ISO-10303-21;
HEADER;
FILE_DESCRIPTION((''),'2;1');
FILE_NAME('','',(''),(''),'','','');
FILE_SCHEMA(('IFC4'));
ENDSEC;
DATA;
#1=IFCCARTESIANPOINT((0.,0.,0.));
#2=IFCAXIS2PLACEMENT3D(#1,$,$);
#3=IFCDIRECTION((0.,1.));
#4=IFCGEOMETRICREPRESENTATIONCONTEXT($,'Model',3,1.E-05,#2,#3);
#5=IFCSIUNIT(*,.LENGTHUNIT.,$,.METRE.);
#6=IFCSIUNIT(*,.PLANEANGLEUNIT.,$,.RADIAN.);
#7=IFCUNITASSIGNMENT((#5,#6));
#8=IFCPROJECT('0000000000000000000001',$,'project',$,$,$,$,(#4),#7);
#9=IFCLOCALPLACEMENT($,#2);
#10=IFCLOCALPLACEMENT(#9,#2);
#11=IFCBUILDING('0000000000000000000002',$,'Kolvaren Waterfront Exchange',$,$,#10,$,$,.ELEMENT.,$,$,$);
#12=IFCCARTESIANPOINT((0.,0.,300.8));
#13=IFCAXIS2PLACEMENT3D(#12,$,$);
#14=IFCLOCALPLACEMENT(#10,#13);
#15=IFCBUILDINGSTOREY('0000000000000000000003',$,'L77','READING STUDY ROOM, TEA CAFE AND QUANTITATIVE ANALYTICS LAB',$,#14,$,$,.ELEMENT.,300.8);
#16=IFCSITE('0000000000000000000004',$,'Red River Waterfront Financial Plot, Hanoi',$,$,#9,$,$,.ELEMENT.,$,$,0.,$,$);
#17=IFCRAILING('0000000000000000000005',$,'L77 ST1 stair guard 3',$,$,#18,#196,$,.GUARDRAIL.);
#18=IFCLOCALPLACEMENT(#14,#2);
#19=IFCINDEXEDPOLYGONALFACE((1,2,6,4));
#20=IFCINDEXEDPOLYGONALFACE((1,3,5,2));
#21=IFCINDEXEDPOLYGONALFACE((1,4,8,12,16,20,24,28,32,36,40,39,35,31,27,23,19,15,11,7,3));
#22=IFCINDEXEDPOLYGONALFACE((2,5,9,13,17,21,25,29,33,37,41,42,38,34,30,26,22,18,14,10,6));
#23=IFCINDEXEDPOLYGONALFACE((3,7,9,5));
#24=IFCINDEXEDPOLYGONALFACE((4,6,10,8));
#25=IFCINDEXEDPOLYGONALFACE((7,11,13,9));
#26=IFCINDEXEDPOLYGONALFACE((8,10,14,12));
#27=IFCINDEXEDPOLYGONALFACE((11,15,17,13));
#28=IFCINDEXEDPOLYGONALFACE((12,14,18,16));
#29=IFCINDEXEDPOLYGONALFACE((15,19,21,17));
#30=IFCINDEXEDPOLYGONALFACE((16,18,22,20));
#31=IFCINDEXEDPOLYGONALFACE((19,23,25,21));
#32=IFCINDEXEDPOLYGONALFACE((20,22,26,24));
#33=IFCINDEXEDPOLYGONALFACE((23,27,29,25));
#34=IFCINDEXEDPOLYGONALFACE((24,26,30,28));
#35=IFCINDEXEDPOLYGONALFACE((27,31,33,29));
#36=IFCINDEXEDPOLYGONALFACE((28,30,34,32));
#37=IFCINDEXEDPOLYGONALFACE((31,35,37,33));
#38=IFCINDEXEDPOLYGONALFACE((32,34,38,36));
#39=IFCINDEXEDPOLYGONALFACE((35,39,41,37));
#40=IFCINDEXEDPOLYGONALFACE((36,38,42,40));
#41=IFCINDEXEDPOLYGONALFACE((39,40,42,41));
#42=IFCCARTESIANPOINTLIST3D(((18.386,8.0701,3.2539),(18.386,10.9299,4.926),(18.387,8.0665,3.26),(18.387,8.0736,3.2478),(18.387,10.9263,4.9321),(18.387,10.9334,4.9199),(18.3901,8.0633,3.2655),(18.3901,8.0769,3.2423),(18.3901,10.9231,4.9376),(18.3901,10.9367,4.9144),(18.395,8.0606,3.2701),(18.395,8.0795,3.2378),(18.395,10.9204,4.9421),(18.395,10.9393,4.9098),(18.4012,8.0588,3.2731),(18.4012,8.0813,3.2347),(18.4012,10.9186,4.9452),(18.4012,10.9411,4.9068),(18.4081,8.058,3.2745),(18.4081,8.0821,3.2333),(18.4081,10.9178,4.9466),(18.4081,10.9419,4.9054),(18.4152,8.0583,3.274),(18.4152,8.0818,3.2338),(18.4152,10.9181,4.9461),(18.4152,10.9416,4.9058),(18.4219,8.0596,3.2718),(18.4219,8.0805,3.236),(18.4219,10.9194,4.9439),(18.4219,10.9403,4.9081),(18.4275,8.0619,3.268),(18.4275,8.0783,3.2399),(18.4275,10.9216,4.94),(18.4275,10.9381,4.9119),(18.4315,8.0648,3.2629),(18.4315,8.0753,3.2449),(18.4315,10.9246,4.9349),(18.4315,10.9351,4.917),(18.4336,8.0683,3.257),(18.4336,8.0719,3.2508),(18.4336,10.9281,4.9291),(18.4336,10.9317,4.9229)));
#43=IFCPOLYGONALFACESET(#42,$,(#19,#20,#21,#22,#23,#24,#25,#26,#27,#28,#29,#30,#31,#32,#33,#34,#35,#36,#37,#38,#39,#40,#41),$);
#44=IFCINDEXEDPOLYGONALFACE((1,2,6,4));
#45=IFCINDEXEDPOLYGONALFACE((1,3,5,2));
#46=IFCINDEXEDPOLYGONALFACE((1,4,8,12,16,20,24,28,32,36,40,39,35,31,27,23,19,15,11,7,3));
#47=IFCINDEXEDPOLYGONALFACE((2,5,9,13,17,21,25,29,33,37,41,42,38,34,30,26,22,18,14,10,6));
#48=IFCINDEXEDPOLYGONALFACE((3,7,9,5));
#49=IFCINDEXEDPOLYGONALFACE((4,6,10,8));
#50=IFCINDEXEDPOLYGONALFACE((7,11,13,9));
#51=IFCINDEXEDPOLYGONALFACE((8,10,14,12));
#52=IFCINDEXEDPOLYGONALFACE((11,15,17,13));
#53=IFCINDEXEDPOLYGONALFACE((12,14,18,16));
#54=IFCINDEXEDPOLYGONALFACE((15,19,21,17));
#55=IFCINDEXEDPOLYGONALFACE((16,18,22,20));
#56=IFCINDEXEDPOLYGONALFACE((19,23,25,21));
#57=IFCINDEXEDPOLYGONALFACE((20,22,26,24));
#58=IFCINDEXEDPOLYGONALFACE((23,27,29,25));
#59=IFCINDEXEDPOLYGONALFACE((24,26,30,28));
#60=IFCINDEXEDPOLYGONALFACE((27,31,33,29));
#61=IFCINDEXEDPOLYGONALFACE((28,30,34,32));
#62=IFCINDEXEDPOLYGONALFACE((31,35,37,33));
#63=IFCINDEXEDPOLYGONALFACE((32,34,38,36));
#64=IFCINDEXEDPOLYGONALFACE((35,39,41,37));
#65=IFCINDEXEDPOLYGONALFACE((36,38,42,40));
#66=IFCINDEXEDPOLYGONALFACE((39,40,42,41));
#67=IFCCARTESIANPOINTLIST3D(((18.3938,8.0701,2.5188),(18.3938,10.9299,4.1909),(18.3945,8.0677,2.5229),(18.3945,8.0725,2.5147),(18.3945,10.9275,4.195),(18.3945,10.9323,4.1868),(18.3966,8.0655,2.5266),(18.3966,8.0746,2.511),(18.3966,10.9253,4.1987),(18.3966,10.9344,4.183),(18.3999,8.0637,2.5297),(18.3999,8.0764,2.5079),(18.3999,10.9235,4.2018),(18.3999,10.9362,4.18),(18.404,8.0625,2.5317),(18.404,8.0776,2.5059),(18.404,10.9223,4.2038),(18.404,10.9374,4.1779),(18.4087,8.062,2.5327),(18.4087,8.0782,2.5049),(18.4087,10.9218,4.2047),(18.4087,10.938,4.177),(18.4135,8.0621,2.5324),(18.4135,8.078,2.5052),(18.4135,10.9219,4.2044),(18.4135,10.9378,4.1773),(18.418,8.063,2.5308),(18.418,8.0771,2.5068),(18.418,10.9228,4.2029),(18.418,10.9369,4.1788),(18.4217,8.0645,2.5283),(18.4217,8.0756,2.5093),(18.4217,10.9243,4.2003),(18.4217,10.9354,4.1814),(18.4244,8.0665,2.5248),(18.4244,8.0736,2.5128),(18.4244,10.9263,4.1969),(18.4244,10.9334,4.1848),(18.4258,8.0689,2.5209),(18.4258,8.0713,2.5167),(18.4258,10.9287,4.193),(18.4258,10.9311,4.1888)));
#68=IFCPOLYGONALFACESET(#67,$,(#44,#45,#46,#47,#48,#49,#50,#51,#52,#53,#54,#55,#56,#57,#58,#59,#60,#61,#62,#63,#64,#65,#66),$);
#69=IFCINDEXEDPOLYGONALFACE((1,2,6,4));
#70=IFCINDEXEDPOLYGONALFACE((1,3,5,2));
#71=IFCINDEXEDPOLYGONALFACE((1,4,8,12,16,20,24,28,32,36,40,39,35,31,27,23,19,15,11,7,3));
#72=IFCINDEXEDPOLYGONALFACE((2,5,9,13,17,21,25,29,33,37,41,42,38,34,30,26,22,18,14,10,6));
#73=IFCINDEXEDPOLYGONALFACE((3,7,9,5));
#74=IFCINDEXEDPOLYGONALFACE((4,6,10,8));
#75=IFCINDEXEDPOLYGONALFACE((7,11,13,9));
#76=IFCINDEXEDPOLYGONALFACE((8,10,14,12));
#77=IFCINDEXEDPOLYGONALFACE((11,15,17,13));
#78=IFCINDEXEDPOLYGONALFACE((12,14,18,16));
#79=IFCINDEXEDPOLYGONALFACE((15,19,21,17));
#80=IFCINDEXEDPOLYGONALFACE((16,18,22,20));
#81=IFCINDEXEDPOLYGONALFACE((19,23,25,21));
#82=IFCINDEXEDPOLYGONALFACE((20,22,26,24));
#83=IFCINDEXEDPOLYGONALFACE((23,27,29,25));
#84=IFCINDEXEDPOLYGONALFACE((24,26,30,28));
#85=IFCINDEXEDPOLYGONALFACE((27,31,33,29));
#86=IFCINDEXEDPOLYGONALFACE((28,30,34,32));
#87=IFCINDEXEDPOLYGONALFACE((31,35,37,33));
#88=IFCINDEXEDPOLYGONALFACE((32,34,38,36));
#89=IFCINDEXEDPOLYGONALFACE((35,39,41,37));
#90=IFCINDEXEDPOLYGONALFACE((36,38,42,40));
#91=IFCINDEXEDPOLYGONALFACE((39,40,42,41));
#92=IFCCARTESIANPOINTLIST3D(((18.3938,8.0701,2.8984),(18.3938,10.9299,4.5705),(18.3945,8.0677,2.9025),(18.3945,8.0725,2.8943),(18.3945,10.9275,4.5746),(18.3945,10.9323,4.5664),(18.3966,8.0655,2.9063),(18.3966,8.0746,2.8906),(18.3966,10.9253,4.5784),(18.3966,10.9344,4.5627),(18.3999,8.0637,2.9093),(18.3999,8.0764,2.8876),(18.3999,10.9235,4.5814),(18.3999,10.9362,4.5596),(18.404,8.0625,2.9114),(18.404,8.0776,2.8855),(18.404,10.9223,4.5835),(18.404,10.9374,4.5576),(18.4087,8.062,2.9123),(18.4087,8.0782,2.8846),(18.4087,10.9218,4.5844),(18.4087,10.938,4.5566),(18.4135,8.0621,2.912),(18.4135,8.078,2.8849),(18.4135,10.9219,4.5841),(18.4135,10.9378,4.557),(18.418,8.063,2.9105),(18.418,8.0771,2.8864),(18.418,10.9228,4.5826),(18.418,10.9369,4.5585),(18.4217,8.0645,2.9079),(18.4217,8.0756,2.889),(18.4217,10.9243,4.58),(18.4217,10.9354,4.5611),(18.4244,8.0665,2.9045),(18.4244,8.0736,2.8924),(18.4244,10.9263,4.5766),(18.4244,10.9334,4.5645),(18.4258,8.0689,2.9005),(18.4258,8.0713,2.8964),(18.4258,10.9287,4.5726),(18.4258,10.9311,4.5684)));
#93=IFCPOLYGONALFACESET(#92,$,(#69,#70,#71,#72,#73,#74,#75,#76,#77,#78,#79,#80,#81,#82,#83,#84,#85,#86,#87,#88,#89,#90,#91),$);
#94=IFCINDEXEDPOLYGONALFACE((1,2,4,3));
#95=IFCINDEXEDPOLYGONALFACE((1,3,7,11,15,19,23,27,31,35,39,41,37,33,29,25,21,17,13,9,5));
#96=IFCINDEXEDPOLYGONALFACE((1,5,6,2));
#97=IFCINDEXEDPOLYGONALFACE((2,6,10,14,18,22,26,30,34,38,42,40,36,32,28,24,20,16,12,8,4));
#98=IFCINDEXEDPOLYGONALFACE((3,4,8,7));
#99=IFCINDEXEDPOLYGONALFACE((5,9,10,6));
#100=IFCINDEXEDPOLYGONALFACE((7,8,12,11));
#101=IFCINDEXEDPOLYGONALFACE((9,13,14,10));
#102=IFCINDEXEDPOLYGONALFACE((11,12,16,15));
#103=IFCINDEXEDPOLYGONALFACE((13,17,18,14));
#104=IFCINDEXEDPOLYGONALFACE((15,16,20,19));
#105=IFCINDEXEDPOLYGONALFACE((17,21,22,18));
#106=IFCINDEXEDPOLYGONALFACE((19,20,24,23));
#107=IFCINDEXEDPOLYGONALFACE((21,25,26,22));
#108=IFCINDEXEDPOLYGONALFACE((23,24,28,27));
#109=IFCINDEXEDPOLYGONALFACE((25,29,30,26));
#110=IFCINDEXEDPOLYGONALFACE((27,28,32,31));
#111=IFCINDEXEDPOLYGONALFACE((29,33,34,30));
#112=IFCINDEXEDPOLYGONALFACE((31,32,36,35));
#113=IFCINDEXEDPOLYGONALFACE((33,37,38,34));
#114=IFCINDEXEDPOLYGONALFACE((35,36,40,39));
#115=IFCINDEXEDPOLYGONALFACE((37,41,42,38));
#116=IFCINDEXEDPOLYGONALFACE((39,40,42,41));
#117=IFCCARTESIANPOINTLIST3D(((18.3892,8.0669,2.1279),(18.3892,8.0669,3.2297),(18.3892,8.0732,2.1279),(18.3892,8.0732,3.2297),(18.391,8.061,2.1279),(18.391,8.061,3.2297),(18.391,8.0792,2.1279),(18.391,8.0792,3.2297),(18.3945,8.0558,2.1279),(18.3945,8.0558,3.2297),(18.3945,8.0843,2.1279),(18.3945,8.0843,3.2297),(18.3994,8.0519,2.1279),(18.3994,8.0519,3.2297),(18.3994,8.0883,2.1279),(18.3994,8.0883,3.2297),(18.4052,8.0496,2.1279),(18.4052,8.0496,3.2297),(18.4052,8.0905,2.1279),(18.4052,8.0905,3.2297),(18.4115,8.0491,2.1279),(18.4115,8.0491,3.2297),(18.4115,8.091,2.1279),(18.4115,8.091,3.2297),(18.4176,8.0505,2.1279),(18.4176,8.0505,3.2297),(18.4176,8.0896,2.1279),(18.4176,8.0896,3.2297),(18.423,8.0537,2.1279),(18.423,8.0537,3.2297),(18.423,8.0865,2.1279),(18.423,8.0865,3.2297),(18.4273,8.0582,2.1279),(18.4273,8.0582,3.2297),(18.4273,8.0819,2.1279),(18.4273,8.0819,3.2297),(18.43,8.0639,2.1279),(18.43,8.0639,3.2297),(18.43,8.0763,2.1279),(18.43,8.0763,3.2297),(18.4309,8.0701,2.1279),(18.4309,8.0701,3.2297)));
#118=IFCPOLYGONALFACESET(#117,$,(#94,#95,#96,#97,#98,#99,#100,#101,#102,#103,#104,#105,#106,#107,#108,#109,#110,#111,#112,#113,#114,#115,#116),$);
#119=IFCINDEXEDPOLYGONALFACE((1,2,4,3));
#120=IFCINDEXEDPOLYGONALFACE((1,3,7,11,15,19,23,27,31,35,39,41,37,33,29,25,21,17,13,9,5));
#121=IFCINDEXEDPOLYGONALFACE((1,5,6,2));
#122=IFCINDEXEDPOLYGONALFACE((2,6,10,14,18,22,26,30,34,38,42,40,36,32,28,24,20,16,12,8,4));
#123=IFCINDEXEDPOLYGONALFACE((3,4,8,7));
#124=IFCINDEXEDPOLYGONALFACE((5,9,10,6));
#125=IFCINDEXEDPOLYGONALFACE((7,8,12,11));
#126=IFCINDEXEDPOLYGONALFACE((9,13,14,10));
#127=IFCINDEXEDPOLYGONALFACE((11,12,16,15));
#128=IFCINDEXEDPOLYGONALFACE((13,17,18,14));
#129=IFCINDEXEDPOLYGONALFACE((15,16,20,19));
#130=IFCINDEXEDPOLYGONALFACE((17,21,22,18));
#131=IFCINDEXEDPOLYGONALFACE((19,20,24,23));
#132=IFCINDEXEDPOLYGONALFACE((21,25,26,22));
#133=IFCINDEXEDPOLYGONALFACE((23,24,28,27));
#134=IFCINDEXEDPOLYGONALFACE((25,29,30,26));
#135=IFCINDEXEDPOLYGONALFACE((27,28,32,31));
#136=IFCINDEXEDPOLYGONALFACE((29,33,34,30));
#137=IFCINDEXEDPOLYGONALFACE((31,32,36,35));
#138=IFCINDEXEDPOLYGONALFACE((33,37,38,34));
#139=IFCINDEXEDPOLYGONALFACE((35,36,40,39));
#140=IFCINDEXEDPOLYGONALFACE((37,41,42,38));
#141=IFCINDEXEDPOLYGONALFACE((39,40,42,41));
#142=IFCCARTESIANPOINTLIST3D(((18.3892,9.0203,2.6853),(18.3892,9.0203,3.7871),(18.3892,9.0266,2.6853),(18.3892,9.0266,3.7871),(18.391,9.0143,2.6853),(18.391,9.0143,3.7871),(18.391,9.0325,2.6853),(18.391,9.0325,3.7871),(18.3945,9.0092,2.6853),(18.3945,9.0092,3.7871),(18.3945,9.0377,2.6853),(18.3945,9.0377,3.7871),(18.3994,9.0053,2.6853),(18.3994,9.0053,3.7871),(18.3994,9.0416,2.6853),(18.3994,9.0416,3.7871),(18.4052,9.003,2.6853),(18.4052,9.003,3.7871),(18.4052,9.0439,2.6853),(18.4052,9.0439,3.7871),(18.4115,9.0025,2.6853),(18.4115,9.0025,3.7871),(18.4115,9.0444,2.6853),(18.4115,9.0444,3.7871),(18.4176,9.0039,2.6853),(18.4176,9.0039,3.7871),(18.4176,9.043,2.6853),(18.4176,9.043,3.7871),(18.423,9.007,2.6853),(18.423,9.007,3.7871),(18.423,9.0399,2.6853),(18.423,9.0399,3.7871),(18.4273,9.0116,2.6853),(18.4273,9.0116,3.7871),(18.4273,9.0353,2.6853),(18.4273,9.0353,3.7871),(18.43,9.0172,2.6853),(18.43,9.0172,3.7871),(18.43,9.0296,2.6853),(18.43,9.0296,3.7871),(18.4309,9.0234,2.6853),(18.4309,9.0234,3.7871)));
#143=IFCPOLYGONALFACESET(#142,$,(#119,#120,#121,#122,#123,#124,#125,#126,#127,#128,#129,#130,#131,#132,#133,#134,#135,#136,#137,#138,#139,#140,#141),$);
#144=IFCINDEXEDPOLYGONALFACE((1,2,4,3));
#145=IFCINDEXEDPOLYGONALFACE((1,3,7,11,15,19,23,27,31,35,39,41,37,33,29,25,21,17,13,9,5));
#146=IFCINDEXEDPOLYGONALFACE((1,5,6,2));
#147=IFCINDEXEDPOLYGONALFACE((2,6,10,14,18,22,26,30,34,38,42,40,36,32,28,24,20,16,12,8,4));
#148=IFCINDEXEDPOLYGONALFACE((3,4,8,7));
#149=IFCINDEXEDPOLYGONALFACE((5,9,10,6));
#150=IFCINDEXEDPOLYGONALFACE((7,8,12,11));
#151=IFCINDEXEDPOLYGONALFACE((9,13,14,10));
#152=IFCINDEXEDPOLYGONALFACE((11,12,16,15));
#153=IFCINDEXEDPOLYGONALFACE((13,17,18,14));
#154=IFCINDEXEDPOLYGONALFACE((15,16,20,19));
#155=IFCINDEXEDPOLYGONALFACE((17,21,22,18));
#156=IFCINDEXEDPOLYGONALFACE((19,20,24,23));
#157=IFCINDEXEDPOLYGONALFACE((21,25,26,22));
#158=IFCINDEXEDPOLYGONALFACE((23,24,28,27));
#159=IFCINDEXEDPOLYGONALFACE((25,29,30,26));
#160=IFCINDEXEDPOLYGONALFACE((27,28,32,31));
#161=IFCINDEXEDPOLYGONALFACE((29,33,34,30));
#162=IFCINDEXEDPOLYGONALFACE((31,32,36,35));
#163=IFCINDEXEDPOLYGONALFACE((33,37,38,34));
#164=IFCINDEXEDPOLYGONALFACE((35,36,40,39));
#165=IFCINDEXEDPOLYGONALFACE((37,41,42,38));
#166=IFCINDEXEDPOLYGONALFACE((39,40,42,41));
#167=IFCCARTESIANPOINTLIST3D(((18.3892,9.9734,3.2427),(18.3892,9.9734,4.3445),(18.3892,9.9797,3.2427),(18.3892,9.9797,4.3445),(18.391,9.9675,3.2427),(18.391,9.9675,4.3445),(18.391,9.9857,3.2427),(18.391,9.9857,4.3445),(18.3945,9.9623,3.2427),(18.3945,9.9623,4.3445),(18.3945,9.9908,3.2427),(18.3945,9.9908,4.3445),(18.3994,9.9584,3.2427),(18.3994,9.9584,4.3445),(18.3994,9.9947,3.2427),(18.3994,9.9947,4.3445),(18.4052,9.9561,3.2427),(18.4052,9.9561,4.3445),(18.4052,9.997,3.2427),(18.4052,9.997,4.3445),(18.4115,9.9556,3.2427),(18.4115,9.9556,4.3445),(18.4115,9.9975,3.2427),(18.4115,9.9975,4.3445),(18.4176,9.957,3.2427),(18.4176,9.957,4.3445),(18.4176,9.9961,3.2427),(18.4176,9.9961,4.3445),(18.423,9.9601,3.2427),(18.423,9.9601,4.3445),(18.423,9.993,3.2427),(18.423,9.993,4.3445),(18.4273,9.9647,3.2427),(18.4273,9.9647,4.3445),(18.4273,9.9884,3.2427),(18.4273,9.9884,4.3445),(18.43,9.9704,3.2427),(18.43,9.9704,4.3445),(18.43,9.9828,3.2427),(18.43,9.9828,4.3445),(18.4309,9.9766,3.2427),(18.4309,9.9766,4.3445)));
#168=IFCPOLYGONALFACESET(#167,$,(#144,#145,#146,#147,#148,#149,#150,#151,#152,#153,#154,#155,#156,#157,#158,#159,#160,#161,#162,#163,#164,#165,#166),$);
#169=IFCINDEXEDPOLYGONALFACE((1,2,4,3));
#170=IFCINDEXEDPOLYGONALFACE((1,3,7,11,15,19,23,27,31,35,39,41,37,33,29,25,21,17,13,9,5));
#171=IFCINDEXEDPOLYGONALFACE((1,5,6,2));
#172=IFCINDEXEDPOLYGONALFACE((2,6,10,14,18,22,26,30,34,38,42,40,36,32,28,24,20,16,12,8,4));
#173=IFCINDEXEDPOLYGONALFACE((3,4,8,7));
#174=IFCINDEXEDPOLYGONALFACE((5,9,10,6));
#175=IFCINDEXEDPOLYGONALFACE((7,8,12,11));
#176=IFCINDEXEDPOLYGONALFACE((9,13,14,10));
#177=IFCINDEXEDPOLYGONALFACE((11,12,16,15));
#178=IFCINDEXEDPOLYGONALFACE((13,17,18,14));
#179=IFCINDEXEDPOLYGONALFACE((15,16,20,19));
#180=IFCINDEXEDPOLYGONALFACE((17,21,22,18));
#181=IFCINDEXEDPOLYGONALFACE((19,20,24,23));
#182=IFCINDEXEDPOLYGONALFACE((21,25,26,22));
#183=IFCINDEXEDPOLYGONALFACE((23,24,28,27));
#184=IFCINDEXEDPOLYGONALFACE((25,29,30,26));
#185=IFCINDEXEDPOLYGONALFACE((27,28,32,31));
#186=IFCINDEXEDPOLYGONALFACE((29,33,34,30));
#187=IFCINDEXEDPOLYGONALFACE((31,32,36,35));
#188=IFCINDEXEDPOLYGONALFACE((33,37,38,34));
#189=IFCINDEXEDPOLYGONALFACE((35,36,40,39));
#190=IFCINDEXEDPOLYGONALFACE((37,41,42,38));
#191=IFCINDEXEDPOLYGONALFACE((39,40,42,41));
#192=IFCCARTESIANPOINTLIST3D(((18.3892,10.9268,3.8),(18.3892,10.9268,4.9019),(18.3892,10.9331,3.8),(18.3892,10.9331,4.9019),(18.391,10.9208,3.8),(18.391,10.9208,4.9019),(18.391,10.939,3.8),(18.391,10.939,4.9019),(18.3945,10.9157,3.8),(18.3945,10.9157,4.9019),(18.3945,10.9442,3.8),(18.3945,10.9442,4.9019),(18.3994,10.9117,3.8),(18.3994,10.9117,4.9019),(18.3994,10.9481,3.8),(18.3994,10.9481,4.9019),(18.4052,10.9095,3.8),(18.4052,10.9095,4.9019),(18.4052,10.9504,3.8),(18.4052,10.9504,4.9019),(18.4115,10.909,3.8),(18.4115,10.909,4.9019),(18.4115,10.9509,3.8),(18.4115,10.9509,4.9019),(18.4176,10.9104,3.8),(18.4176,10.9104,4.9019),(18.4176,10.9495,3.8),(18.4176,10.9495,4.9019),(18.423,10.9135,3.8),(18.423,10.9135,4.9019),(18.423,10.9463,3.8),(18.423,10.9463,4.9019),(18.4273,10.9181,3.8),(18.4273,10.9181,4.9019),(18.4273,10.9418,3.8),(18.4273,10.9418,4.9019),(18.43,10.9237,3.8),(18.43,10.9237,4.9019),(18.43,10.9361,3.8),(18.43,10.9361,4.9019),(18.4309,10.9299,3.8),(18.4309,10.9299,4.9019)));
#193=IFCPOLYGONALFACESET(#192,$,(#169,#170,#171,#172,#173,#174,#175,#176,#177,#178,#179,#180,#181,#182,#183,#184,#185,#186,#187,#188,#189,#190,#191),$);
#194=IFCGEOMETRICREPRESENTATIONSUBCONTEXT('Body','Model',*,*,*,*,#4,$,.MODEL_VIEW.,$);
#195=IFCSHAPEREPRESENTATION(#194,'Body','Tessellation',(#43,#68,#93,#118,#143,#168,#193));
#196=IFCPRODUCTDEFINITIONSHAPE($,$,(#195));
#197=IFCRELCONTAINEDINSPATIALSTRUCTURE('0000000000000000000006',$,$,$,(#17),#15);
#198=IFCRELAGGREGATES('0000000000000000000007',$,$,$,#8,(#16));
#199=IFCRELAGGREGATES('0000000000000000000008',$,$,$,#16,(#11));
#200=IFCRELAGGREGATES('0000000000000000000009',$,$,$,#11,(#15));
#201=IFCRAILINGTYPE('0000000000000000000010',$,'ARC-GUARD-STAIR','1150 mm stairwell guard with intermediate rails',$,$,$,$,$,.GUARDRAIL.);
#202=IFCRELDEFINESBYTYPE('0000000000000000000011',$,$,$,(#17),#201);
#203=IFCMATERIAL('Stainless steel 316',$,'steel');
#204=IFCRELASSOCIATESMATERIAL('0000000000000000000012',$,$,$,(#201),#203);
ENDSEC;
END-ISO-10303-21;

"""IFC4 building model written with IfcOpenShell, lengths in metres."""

from ifc_helpers import new_model, si_unit, direction, frame, origin, origin_2d, place, context, subcontext, project, spatial, circle, extrude, material, type_object, element, save


model = new_model("IFC4")

# Units and contexts
model_context = context("Model", 3, precision=1e-05, world=origin(), true_north=direction((0.0, 1.0)))
body_context = subcontext(model_context, "Body", "Model", "MODEL_VIEW")
ifc_project = project(units=[si_unit("LENGTHUNIT", "METRE"), si_unit("PLANEANGLEUNIT", "RADIAN")], contexts=[model_context])

# Site, building, storey
site_placement = place(None, origin())
site = spatial("IfcSite", under=ifc_project, at=site_placement, Name="Red River Waterfront Financial Plot, Hanoi", CompositionType="ELEMENT", RefElevation=0.0)
building_placement = place(site_placement, origin())
building = spatial("IfcBuilding", under=site, at=building_placement, Name="Kolvaren Waterfront Exchange", CompositionType="ELEMENT")
storey_placement = place(building_placement, frame((0.0, 0.0, 300.8)))
storey = spatial("IfcBuildingStorey", under=building, at=storey_placement, Name="L77", Description="READING STUDY ROOM, TEA CAFE AND QUANTITATIVE ANALYTICS LAB", CompositionType="ELEMENT", Elevation=300.8)

# Railing
ifc_material_1 = material(Name="Stainless steel 316", Category="steel")
railing_type_1 = type_object("IfcRailingType", Name="ARC-GUARD-STAIR", Description="1150 mm stairwell guard with intermediate rails", PredefinedType="GUARDRAIL", material=ifc_material_1)
railing_1_placement = place(storey_placement, frame((18.4099, 8.0701, 2.1279)))
element("IfcRailing", 1, at=railing_1_placement, inside=storey, type_object=railing_type_1, Name="L77 ST1 stair guard 3", PredefinedType="GUARDRAIL", context=body_context, shape_type="SweptSolid", body=[
    extrude(circle(Radius=0.0239, at=origin_2d()), frame((0.0, 0.0, 1.126), z_axis=(0.0, 0.863271, 0.504741), x_axis=(-1.0, 0.0, 0.0)), (0.0, 0.0, 1.0), 3.3127),
    extrude(circle(Radius=0.0161, at=origin_2d()), frame((0.0, 0.0, 0.3909), z_axis=(0.0, 0.863271, 0.504741), x_axis=(-1.0, 0.0, 0.0)), (0.0, 0.0, 1.0), 3.3127),
    extrude(circle(Radius=0.0161, at=origin_2d()), frame((0.0, 0.0, 0.7705), z_axis=(0.0, 0.863271, 0.504741), x_axis=(-1.0, 0.0, 0.0)), (0.0, 0.0, 1.0), 3.3127),
    extrude(circle(Radius=0.021, at=origin_2d()), origin(), (0.0, 0.0, 1.0), 1.1018),
    extrude(circle(Radius=0.021, at=origin_2d()), frame((0.0, 0.9534, 0.5574)), (0.0, 0.0, 1.0), 1.1018),
    extrude(circle(Radius=0.021, at=origin_2d()), frame((0.0, 1.9065, 1.1147)), (0.0, 0.0, 1.0), 1.1018),
    extrude(circle(Radius=0.021, at=origin_2d()), frame((0.0, 2.8599, 1.6721)), (0.0, 0.0, 1.0), 1.1018),
])

save(model, "model.ifc")
